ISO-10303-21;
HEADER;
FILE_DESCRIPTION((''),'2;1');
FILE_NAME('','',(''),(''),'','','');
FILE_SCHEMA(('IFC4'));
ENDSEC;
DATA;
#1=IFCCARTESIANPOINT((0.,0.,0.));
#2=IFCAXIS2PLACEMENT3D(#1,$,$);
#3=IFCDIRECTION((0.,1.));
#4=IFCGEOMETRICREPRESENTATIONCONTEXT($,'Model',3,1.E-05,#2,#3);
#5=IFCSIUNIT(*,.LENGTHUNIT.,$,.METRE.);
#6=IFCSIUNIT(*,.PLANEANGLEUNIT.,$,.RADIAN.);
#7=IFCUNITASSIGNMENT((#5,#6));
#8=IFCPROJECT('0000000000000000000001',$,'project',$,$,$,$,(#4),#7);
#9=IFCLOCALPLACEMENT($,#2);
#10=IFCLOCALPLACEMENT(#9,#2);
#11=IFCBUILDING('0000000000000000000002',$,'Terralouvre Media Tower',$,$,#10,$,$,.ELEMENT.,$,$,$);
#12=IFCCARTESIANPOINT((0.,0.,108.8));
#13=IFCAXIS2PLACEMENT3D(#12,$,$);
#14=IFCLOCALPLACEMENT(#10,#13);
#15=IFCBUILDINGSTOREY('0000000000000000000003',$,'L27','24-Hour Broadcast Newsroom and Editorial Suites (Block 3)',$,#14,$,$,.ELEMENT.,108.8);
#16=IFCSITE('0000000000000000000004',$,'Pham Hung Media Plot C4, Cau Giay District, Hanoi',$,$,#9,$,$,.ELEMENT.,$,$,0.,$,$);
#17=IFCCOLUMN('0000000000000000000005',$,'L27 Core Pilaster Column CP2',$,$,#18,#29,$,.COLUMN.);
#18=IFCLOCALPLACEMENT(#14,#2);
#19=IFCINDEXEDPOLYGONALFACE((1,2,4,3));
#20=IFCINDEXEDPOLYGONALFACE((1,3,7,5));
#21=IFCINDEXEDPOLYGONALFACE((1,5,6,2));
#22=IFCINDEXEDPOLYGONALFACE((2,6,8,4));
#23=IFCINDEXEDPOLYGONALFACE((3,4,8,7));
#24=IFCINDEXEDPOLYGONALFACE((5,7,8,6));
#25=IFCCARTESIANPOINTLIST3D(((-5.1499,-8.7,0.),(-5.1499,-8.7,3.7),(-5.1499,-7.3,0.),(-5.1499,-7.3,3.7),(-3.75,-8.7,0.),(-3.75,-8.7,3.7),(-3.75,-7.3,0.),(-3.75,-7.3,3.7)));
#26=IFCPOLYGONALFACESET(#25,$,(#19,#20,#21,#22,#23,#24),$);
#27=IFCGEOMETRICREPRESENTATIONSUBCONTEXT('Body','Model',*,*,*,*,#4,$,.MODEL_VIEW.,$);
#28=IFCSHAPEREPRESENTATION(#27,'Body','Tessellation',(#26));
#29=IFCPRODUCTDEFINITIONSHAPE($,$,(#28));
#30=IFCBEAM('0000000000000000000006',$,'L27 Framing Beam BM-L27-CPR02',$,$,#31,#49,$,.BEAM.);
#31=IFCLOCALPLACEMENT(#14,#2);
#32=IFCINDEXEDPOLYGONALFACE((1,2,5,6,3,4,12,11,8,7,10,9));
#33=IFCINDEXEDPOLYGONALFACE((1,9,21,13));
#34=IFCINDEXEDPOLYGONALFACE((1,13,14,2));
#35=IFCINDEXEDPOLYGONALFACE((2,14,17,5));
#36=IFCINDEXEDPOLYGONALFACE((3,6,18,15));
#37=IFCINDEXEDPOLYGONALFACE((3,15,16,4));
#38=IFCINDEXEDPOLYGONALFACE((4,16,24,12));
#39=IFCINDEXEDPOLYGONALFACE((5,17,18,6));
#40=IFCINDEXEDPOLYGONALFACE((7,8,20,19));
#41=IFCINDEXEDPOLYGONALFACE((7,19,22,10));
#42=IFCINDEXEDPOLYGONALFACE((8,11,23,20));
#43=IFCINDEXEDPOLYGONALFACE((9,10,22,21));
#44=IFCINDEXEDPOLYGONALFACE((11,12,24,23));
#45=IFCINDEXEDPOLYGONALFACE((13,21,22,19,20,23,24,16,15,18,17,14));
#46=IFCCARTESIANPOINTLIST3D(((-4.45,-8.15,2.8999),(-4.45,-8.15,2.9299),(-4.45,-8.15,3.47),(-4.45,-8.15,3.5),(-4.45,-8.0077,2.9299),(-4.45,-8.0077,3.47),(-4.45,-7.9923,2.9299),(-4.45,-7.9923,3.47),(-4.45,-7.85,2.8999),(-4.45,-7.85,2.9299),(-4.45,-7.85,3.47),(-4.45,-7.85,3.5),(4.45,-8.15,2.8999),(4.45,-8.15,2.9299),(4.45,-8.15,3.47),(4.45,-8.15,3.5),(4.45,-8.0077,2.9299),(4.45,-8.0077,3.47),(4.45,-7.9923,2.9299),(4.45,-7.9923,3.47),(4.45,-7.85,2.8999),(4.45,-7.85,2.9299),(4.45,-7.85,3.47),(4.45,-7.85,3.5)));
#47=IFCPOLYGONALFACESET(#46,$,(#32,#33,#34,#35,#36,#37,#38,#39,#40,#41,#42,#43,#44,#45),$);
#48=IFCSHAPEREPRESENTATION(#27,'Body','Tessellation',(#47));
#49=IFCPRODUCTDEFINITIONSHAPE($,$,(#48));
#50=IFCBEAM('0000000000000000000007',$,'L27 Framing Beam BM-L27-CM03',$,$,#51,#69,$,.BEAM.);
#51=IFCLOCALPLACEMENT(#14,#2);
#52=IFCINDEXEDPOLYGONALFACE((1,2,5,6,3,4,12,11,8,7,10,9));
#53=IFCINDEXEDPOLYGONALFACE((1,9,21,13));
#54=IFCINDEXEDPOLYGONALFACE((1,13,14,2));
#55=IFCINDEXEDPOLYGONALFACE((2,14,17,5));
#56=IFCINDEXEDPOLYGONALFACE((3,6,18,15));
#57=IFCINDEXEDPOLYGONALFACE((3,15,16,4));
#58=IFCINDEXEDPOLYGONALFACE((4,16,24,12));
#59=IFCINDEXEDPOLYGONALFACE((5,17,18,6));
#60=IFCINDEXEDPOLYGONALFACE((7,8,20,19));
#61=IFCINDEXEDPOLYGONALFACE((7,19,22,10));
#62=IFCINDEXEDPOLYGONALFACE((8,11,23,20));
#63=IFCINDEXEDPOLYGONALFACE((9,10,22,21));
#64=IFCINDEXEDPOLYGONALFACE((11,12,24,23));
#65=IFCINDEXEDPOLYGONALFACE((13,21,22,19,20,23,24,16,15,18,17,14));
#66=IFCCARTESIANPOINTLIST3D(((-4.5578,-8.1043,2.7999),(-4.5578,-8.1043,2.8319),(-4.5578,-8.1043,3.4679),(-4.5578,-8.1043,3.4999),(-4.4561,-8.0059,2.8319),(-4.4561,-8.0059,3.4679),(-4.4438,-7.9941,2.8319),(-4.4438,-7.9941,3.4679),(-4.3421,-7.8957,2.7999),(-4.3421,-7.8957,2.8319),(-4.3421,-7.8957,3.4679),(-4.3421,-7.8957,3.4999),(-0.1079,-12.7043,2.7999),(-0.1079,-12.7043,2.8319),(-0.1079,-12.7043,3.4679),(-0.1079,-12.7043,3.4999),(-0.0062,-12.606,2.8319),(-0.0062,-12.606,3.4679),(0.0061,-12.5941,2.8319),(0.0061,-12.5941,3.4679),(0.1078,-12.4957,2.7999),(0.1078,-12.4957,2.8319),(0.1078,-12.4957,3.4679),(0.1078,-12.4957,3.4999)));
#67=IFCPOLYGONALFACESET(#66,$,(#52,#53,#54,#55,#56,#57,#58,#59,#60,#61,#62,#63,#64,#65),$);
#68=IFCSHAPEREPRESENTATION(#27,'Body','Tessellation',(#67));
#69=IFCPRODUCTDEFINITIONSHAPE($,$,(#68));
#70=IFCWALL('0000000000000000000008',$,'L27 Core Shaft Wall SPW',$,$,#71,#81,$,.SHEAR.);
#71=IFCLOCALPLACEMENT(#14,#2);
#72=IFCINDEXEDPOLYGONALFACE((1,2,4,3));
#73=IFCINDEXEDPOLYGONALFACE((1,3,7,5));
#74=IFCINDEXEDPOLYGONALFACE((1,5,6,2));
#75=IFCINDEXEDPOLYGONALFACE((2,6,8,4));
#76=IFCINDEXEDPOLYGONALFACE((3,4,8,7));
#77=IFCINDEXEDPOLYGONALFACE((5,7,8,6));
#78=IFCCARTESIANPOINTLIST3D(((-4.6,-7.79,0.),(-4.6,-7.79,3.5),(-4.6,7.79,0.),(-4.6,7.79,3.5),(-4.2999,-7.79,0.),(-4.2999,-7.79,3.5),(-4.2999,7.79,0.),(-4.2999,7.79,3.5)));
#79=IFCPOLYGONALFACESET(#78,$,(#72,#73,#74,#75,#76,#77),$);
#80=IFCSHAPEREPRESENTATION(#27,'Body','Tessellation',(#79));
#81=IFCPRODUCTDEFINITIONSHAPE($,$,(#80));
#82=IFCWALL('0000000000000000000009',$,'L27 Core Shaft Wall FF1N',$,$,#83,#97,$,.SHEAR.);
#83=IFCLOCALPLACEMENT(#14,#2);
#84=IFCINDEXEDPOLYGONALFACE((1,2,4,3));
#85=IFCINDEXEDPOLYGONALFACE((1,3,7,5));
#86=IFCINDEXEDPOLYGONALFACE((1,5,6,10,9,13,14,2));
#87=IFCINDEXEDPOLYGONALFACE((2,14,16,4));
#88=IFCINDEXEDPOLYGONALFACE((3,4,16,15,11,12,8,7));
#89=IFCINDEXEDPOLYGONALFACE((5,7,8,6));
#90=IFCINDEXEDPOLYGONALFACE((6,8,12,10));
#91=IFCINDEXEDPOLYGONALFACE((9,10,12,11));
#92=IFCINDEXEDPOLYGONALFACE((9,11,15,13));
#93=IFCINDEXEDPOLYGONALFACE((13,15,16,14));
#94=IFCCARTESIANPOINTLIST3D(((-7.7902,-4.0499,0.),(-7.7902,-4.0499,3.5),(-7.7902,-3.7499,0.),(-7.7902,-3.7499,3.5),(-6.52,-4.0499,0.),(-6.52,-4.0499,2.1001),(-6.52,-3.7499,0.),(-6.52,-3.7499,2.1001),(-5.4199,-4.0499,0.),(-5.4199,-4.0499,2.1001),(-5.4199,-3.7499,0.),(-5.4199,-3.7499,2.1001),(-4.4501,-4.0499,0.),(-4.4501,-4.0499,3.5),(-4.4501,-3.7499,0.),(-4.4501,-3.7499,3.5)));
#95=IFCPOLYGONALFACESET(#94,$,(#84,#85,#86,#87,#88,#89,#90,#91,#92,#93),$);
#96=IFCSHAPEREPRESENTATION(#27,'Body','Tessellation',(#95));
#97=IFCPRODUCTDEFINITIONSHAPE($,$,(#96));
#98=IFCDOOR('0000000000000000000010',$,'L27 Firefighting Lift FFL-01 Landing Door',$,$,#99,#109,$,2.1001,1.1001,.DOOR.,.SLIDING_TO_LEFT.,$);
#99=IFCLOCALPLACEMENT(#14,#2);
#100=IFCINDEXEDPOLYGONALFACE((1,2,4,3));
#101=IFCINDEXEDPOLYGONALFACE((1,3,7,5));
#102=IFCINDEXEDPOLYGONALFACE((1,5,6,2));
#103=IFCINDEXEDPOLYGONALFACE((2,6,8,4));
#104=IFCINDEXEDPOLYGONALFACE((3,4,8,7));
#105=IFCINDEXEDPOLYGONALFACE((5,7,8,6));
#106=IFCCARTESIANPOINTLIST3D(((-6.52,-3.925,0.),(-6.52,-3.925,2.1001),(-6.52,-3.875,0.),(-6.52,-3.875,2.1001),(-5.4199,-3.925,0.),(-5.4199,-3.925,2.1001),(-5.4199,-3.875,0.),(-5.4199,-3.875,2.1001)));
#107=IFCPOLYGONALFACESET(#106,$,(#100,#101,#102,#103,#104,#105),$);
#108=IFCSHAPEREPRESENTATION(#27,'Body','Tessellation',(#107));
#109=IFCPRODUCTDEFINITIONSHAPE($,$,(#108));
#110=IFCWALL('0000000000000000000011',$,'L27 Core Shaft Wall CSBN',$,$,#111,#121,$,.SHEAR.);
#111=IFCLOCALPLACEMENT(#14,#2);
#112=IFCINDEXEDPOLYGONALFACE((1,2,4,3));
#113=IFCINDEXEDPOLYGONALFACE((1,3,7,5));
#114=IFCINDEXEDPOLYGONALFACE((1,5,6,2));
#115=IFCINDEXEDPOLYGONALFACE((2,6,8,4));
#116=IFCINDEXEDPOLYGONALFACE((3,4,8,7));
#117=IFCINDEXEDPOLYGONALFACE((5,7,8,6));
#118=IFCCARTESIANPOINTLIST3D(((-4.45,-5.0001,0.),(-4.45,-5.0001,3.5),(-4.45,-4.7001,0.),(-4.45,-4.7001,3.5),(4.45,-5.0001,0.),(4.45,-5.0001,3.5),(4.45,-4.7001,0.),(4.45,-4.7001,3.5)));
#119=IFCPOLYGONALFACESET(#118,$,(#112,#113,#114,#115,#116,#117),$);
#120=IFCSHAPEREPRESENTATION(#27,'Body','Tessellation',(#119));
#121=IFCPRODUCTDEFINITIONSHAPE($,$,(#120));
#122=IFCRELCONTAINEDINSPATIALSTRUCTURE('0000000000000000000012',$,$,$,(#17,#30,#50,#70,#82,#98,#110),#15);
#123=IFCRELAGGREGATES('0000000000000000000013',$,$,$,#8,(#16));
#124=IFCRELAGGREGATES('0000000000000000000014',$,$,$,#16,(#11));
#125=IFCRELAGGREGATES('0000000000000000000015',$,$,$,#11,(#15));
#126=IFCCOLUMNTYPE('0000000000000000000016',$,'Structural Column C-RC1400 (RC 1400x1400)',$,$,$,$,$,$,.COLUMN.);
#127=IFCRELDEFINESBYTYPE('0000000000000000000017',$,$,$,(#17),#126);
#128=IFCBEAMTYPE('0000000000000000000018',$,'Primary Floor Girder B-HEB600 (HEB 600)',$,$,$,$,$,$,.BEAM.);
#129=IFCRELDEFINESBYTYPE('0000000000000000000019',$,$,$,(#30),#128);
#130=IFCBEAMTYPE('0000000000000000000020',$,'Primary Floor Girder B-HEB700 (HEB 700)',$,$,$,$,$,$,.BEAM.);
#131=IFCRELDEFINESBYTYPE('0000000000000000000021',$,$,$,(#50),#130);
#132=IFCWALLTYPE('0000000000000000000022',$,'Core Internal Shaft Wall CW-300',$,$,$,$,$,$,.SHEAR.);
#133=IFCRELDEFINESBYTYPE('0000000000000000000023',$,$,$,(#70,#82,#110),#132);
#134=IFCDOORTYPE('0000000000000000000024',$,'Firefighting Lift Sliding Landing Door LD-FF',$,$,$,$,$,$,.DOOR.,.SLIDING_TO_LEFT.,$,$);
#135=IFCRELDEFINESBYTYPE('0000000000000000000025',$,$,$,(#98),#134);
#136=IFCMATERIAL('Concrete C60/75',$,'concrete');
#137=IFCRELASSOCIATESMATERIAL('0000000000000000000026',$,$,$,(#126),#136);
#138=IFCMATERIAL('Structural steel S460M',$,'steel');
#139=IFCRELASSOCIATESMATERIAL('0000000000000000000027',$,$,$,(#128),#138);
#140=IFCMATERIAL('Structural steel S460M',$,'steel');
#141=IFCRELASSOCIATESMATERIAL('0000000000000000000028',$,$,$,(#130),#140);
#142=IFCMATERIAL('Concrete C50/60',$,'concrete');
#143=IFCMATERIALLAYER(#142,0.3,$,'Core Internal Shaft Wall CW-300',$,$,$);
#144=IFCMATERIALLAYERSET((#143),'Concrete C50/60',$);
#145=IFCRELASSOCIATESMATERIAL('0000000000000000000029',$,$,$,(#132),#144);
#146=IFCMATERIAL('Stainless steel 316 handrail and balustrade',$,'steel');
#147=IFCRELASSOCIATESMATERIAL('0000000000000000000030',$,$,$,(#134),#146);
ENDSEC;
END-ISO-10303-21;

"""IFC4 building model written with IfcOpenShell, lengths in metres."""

from ifc_helpers import new_model, si_unit, direction, frame, frame_2d, origin, origin_2d, place, context, subcontext, project, spatial, rectangle, i_section, extrude, material, layer, layer_set, material_profile, profile_set, type_object, element, fill, save


model = new_model("IFC4")

# Units and contexts
model_context = context("Model", 3, precision=1e-05, world=origin(), true_north=direction((0.0, 1.0)))
body_context = subcontext(model_context, "Body", "Model", "MODEL_VIEW")
ifc_project = project(units=[si_unit("LENGTHUNIT", "METRE"), si_unit("PLANEANGLEUNIT", "RADIAN")], contexts=[model_context])

# Site, building, storey
site_placement = place(None, origin())
site = spatial("IfcSite", under=ifc_project, at=site_placement, Name="Pham Hung Media Plot C4, Cau Giay District, Hanoi", CompositionType="ELEMENT", RefElevation=0.0)
building_placement = place(site_placement, origin())
building = spatial("IfcBuilding", under=site, at=building_placement, Name="Terralouvre Media Tower", CompositionType="ELEMENT")
storey_placement = place(building_placement, frame((0.0, 0.0, 108.8)))
storey = spatial("IfcBuildingStorey", under=building, at=storey_placement, Name="L27", Description="24-Hour Broadcast Newsroom and Editorial Suites (Block 3)", CompositionType="ELEMENT", Elevation=108.8)

# Column
ifc_material_1 = material(Name="Concrete C60/75", Category="concrete")
ifc_material_profile_1 = material_profile(ifc_material_1, rectangle(XDim=1.3999, YDim=1.3999, at=origin_2d()), Name="RC 1400x1400")
ifc_profile_set_1 = profile_set([ifc_material_profile_1], Name="Concrete C60/75")
column_type = type_object("IfcColumnType", Name="Structural Column C-RC1400 (RC 1400x1400)", PredefinedType="COLUMN", material=ifc_profile_set_1)
column_placement = place(storey_placement, frame((-4.45, -8.0, 0.0), z_axis=(0.0, 0.0, 1.0), x_axis=(1.0, 0.0, 0.0)))
element("IfcColumn", 1, at=column_placement, inside=storey, type_object=column_type, Name="L27 Core Pilaster Column CP2", PredefinedType="COLUMN", context=body_context, shape_type="SweptSolid", body=[
    extrude(rectangle(XDim=1.3999, YDim=1.3999, at=origin_2d()), origin(), (0.0, 0.0, 1.0), 3.7),
])

# Beams
ifc_material_2 = material(Name="Structural steel S460M", Category="steel")
ifc_material_profile_2 = material_profile(ifc_material_2, i_section(OverallWidth=0.3, OverallDepth=0.6001, WebThickness=0.0154, FlangeThickness=0.03, at=origin_2d()), Name="HEB 600")
ifc_profile_set_2 = profile_set([ifc_material_profile_2], Name="Structural steel S460M")
beam_type_1 = type_object("IfcBeamType", Name="Primary Floor Girder B-HEB600 (HEB 600)", PredefinedType="BEAM", material=ifc_profile_set_2)
beam_1_placement = place(storey_placement, frame((-4.45, -8.0, 3.2), z_axis=(1.0, 0.0, 0.0), x_axis=(0.0, 1.0, 0.0)))
element("IfcBeam", 2, at=beam_1_placement, inside=storey, type_object=beam_type_1, Name="L27 Framing Beam BM-L27-CPR02", PredefinedType="BEAM", context=body_context, shape_type="SweptSolid", body=[
    extrude(i_section(OverallWidth=0.3, OverallDepth=0.6001, WebThickness=0.0154, FlangeThickness=0.03, at=origin_2d()), origin(), (0.0, 0.0, 1.0), 8.8999),
])
ifc_material_3 = material(Name="Structural steel S460M", Category="steel")
ifc_material_profile_3 = material_profile(ifc_material_3, i_section(OverallWidth=0.3, OverallDepth=0.7, WebThickness=0.0171, FlangeThickness=0.032, at=origin_2d()), Name="HEB 700")
ifc_profile_set_3 = profile_set([ifc_material_profile_3], Name="Structural steel S460M")
beam_type_2 = type_object("IfcBeamType", Name="Primary Floor Girder B-HEB700 (HEB 700)", PredefinedType="BEAM", material=ifc_profile_set_3)
beam_2_placement = place(storey_placement, frame((-4.45, -8.0, 3.1499), z_axis=(0.69528, -0.718739, 0.0), x_axis=(0.718739, 0.69528, 0.0)))
element("IfcBeam", 3, at=beam_2_placement, inside=storey, type_object=beam_type_2, Name="L27 Framing Beam BM-L27-CM03", PredefinedType="BEAM", context=body_context, shape_type="SweptSolid", body=[
    extrude(i_section(OverallWidth=0.3, OverallDepth=0.7, WebThickness=0.0171, FlangeThickness=0.032, at=origin_2d()), origin(), (0.0, 0.0, 1.0), 6.4001),
])

# Wall
ifc_material_4 = material(Name="Concrete C50/60", Category="concrete")
ifc_layer_1 = layer(ifc_material_4, 0.3, Name="Core Internal Shaft Wall CW-300")
ifc_layer_set_1 = layer_set([ifc_layer_1], Name="Concrete C50/60")
wall_type_1 = type_object("IfcWallType", Name="Core Internal Shaft Wall CW-300", PredefinedType="SHEAR", material=ifc_layer_set_1)
wall_1_placement = place(storey_placement, frame((-4.45, -7.79, 0.0), z_axis=(0.0, 0.0, 1.0), x_axis=(0.0, 1.0, 0.0)))
element("IfcWall", 4, at=wall_1_placement, inside=storey, type_object=wall_type_1, Name="L27 Core Shaft Wall SPW", PredefinedType="SHEAR", context=body_context, shape_type="SweptSolid", body=[
    extrude(rectangle(XDim=15.5801, YDim=0.3, at=frame_2d((7.79, 0.0))), origin(), (0.0, 0.0, 1.0), 3.5),
])

# Wall, opening, door
wall_2_placement = place(storey_placement, frame((-7.79, -3.8999, 0.0), z_axis=(0.0, 0.0, 1.0), x_axis=(1.0, 0.0, 0.0)))
wall_2 = element("IfcWall", 5, at=wall_2_placement, inside=storey, type_object=wall_type_1, Name="L27 Core Shaft Wall FF1N", PredefinedType="SHEAR", context=body_context, shape_type="SweptSolid", body=[
    extrude(rectangle(XDim=3.3401, YDim=0.3, at=frame_2d((1.6699, 0.0))), origin(), (0.0, 0.0, 1.0), 3.5),
])
opening_1_placement = place(wall_2_placement, frame((1.27, 0.0, 0.0)))
opening_1 = element("IfcOpeningElement", 6, at=opening_1_placement, cuts=wall_2, PredefinedType="OPENING", context=body_context, shape_type="SweptSolid", body=[
    extrude(rectangle(XDim=1.1001, YDim=2.1001, at=frame_2d((0.55, 1.05))), frame((0.0, 0.1599, 0.0), z_axis=(0.0, -1.0, 0.0), x_axis=(1.0, 0.0, 0.0)), (0.0, 0.0, 1.0), 0.3201),
])
ifc_material_5 = material(Name="Stainless steel 316 handrail and balustrade", Category="steel")
door_type_1 = type_object("IfcDoorType", Name="Firefighting Lift Sliding Landing Door LD-FF", OperationType="SLIDING_TO_LEFT", PredefinedType="DOOR", material=ifc_material_5)
door_1_placement = place(opening_1_placement, origin())
door_1 = element("IfcDoor", 7, at=door_1_placement, inside=storey, type_object=door_type_1, Name="L27 Firefighting Lift FFL-01 Landing Door", OperationType="SLIDING_TO_LEFT", OverallHeight=2.1001, OverallWidth=1.1001, PredefinedType="DOOR", context=body_context, shape_type="SweptSolid", body=[
    extrude(rectangle(XDim=1.1001, YDim=2.1001, at=frame_2d((0.55, 1.05))), frame((0.0, 0.0249, 0.0), z_axis=(0.0, -1.0, 0.0), x_axis=(1.0, 0.0, 0.0)), (0.0, 0.0, 1.0), 0.05),
])
fill(opening_1, door_1)

# Wall
wall_3_placement = place(storey_placement, frame((-4.45, -4.8501, 0.0), z_axis=(0.0, 0.0, 1.0), x_axis=(1.0, 0.0, 0.0)))
element("IfcWall", 8, at=wall_3_placement, inside=storey, type_object=wall_type_1, Name="L27 Core Shaft Wall CSBN", PredefinedType="SHEAR", context=body_context, shape_type="SweptSolid", body=[
    extrude(rectangle(XDim=8.8999, YDim=0.3, at=frame_2d((4.45, 0.0))), origin(), (0.0, 0.0, 1.0), 3.5),
])

save(model, "model.ifc")
